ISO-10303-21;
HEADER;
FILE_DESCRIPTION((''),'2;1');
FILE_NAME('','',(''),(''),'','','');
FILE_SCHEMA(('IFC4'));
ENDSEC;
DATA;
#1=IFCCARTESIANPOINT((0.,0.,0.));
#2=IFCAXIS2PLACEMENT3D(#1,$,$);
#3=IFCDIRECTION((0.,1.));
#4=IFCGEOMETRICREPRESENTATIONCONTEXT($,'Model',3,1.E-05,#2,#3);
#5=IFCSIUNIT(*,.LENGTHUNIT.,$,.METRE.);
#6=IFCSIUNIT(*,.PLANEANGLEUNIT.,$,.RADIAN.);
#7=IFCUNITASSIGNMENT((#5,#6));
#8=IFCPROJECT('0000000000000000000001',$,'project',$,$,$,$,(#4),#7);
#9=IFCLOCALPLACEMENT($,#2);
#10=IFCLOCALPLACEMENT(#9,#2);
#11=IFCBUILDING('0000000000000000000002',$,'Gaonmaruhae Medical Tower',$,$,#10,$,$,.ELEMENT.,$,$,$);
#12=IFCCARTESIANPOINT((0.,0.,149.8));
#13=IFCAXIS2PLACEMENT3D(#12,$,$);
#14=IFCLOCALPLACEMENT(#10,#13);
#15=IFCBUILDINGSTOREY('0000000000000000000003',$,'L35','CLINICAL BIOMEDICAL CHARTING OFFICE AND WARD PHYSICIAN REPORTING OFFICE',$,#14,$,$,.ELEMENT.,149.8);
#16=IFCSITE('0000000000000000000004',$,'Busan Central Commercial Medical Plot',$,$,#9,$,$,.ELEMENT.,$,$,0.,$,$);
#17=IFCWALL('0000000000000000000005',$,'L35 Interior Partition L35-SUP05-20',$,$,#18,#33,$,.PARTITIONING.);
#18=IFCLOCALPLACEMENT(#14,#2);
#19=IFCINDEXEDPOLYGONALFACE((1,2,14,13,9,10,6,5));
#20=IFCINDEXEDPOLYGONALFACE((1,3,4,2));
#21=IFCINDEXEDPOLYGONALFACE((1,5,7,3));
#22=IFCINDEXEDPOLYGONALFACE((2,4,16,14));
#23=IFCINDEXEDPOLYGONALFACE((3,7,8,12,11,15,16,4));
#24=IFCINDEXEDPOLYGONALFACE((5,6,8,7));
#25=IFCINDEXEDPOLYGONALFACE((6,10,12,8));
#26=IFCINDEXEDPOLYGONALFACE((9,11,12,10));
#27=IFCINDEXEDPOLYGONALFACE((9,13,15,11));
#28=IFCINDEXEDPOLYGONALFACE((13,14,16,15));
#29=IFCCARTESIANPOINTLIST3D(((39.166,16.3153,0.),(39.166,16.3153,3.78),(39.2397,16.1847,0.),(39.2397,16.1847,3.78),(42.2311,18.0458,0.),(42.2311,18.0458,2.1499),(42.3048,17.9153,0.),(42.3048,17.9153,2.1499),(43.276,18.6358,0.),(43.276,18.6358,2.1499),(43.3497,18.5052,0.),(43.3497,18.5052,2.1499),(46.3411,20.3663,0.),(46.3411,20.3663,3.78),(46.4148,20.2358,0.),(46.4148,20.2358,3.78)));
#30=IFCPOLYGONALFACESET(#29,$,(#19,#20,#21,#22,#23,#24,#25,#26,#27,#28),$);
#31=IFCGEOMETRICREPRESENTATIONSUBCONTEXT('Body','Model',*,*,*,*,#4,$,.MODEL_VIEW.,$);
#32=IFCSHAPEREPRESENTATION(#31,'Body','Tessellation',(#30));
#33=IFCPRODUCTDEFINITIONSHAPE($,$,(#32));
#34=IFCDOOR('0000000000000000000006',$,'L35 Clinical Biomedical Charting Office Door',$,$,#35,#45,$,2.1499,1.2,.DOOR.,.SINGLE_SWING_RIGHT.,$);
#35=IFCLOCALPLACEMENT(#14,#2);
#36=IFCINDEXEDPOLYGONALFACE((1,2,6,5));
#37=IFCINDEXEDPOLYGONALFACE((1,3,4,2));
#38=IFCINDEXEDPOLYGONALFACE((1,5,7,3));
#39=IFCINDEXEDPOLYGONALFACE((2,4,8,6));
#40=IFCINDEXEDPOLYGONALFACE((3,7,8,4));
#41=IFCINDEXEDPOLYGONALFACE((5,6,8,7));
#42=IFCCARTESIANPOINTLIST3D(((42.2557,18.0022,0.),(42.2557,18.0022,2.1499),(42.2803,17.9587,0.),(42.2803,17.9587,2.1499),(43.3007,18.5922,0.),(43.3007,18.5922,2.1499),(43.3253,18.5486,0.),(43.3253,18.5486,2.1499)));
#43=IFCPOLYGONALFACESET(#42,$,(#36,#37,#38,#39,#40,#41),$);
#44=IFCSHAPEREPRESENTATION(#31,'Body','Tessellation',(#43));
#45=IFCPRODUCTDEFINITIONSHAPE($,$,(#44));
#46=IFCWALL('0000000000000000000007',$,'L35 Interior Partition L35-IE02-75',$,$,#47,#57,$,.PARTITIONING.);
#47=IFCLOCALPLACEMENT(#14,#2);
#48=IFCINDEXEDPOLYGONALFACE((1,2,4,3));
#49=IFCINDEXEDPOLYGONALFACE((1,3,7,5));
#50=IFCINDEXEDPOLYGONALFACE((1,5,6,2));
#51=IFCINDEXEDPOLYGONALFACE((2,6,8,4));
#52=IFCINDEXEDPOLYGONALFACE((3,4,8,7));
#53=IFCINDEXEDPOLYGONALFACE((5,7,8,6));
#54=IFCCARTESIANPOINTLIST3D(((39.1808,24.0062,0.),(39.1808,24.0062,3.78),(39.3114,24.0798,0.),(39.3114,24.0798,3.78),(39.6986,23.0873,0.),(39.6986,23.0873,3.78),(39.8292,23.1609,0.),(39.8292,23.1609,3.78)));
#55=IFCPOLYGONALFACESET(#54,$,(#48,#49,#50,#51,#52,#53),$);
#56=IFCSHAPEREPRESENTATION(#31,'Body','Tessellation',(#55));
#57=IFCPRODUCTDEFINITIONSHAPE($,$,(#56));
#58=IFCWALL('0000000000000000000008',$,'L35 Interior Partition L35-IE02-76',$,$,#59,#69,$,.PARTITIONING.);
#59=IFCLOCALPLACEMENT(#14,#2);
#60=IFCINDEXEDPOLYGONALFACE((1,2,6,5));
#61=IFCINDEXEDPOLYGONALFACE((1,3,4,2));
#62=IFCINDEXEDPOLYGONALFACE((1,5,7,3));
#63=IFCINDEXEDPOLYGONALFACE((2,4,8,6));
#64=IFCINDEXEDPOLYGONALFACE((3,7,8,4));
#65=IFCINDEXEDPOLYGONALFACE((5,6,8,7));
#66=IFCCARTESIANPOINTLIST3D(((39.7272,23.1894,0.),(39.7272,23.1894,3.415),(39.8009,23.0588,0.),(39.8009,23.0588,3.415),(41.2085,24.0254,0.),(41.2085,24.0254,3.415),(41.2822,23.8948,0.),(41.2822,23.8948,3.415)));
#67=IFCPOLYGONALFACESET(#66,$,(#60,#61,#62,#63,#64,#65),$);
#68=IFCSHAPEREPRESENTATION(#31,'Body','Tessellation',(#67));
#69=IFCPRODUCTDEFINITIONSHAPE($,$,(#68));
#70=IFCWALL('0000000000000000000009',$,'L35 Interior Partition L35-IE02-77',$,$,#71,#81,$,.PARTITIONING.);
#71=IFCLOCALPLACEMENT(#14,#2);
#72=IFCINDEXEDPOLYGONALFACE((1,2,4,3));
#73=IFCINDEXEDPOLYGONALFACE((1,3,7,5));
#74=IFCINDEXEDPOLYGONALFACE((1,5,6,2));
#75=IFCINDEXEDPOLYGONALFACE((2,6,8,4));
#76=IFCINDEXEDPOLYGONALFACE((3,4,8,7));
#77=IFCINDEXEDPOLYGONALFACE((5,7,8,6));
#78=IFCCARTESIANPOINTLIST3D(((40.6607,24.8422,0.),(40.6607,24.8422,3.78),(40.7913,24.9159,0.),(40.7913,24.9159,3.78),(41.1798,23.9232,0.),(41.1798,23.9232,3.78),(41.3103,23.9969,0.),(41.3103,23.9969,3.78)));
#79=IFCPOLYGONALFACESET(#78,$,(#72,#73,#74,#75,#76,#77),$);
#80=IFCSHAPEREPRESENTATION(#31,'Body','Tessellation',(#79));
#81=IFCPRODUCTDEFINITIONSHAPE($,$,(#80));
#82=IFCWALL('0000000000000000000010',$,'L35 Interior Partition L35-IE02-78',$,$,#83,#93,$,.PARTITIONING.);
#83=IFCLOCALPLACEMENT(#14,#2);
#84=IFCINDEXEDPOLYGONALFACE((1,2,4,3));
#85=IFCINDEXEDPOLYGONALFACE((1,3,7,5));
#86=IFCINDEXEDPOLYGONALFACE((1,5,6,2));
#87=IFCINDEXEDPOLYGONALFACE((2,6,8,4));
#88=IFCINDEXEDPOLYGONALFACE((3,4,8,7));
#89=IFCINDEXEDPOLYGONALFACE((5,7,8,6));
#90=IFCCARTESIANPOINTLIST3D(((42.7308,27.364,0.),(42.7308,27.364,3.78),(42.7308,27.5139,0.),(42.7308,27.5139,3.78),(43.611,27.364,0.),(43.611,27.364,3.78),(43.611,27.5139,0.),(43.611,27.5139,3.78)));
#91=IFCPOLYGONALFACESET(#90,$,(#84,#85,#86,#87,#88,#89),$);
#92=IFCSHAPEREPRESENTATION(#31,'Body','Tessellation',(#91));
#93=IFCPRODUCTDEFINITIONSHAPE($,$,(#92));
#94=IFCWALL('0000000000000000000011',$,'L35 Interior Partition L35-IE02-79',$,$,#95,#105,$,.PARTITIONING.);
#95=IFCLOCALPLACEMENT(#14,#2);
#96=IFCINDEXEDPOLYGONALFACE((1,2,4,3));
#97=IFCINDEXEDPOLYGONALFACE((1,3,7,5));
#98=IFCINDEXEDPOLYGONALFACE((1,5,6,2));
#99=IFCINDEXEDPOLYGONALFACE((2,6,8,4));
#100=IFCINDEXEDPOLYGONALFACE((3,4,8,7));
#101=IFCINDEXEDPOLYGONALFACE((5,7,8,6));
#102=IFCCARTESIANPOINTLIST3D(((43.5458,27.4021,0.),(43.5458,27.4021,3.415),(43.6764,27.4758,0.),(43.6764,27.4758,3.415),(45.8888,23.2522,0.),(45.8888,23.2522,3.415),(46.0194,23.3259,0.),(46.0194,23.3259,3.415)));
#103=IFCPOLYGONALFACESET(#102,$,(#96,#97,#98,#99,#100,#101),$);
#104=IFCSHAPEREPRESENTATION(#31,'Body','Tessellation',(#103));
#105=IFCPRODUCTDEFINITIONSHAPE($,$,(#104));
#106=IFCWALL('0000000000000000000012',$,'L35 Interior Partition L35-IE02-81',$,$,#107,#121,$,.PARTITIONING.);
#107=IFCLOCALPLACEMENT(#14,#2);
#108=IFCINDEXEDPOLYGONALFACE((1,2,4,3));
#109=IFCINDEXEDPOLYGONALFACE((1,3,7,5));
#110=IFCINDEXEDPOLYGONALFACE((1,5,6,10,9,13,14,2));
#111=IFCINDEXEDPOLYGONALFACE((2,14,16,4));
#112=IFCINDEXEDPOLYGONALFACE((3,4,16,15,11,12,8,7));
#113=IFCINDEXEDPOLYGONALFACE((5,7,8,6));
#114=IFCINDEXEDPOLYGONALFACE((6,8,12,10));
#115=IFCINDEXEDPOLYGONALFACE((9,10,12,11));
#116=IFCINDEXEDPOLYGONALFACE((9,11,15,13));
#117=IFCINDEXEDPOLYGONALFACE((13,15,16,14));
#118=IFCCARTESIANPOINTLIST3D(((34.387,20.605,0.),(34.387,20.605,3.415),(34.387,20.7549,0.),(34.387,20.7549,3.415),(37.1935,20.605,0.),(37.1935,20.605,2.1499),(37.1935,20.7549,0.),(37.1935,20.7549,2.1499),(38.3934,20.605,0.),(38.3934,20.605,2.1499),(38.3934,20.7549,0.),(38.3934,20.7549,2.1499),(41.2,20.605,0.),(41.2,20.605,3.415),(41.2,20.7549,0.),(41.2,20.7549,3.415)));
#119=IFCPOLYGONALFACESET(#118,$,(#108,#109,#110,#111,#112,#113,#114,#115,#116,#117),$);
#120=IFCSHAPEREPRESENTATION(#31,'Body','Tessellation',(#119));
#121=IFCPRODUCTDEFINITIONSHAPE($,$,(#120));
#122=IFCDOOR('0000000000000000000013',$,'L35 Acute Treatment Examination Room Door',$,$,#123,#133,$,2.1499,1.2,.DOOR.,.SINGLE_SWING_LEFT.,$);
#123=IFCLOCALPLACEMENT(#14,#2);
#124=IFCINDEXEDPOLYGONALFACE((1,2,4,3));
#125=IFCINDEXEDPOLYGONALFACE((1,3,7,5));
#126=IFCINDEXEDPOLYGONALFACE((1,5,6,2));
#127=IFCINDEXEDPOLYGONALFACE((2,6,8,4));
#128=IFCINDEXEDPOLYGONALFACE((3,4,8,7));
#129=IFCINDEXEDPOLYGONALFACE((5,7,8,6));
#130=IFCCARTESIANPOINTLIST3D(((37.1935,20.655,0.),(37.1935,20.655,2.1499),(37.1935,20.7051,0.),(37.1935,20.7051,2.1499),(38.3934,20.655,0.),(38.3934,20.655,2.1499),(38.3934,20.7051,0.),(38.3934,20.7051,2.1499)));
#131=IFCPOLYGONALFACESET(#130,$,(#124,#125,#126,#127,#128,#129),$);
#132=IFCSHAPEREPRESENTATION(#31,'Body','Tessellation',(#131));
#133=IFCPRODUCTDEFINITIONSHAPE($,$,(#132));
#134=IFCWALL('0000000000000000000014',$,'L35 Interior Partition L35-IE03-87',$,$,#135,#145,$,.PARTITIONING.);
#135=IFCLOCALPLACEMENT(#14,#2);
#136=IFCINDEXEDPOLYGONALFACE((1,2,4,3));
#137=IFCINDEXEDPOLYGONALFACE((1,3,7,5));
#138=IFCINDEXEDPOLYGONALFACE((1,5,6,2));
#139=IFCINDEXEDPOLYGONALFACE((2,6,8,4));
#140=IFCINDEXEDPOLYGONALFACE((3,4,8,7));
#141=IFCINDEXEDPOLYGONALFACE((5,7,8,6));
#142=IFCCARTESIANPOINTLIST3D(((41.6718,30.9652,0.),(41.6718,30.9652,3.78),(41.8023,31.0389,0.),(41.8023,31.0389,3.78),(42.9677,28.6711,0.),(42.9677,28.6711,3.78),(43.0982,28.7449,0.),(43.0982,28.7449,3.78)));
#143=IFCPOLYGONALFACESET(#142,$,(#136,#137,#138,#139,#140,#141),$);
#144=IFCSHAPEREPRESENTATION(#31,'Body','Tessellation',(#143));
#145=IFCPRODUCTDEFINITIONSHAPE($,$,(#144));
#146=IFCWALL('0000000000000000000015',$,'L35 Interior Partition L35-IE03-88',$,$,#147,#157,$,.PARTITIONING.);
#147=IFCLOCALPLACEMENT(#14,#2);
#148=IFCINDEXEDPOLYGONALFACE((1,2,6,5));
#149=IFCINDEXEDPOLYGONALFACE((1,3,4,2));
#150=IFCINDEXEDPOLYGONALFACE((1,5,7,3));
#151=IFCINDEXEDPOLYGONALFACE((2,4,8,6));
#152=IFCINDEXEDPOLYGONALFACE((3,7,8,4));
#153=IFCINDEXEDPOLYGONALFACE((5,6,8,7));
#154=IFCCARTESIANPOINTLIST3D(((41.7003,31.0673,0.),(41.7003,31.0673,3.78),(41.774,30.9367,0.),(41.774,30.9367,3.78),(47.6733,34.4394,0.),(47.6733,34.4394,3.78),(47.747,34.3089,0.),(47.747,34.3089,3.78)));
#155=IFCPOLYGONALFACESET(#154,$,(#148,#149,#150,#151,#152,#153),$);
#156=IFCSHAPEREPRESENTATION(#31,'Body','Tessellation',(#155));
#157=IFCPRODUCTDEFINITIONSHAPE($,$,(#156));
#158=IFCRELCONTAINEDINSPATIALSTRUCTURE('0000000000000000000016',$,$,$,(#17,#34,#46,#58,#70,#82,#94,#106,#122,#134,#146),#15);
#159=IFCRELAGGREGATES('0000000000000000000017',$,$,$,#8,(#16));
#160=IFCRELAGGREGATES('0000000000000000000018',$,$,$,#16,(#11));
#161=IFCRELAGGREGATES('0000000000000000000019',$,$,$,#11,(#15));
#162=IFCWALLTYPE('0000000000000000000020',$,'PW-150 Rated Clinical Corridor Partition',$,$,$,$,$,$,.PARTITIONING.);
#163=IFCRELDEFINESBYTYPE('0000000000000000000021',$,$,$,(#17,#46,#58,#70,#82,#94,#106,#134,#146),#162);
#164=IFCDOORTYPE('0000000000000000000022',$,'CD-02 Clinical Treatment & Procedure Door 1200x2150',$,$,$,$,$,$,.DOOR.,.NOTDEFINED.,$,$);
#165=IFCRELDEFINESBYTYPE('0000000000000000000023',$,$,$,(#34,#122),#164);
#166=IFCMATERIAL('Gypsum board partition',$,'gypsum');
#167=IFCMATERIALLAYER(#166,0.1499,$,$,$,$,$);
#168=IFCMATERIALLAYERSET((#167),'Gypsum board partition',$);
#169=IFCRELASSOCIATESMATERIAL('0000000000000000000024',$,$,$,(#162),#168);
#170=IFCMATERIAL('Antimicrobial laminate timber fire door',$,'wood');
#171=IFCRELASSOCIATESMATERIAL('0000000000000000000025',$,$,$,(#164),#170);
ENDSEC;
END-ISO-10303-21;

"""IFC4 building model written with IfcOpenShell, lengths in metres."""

from ifc_helpers import new_model, si_unit, direction, frame, frame_2d, origin, place, context, subcontext, project, spatial, rectangle, extrude, material, layer, layer_set, type_object, element, fill, save


model = new_model("IFC4")

# Units and contexts
model_context = context("Model", 3, precision=1e-05, world=origin(), true_north=direction((0.0, 1.0)))
body_context = subcontext(model_context, "Body", "Model", "MODEL_VIEW")
ifc_project = project(units=[si_unit("LENGTHUNIT", "METRE"), si_unit("PLANEANGLEUNIT", "RADIAN")], contexts=[model_context])

# Site, building, storey
site_placement = place(None, origin())
site = spatial("IfcSite", under=ifc_project, at=site_placement, Name="Busan Central Commercial Medical Plot", CompositionType="ELEMENT", RefElevation=0.0)
building_placement = place(site_placement, origin())
building = spatial("IfcBuilding", under=site, at=building_placement, Name="Gaonmaruhae Medical Tower", CompositionType="ELEMENT")
storey_placement = place(building_placement, frame((0.0, 0.0, 149.8)))
storey = spatial("IfcBuildingStorey", under=building, at=storey_placement, Name="L35", Description="CLINICAL BIOMEDICAL CHARTING OFFICE AND WARD PHYSICIAN REPORTING OFFICE", CompositionType="ELEMENT", Elevation=149.8)

# Shared definitions
ifc_material_1 = material(Name="Gypsum board partition", Category="gypsum")
ifc_layer_1 = layer(ifc_material_1, 0.1499)
ifc_layer_set_1 = layer_set([ifc_layer_1], Name="Gypsum board partition")
wall_type_1 = type_object("IfcWallType", Name="PW-150 Rated Clinical Corridor Partition", PredefinedType="PARTITIONING", material=ifc_layer_set_1)

# Wall, opening, door
wall_1_placement = place(storey_placement, frame((39.2029, 16.25, 0.0), z_axis=(0.0, 0.0, 1.0), x_axis=(0.870793, 0.491649, 0.0)))
wall_1 = element("IfcWall", 1, at=wall_1_placement, inside=storey, type_object=wall_type_1, Name="L35 Interior Partition L35-SUP05-20", PredefinedType="PARTITIONING", context=body_context, shape_type="SweptSolid", body=[
    extrude(rectangle(XDim=8.2397, YDim=0.1499, at=frame_2d((4.1199, 0.0))), origin(), (0.0, 0.0, 1.0), 3.78),
])
opening_1_placement = place(wall_1_placement, frame((3.5198, 0.0, 0.0)))
opening_1 = element("IfcOpeningElement", 2, at=opening_1_placement, cuts=wall_1, PredefinedType="OPENING", context=body_context, shape_type="SweptSolid", body=[
    extrude(rectangle(XDim=1.2, YDim=2.1499, at=frame_2d((0.6001, 1.075))), frame((0.0, 0.085, 0.0), z_axis=(0.0, -1.0, 0.0), x_axis=(1.0, 0.0, 0.0)), (0.0, 0.0, 1.0), 0.1699),
])
ifc_material_2 = material(Name="Antimicrobial laminate timber fire door", Category="wood")
door_type_1 = type_object("IfcDoorType", Name="CD-02 Clinical Treatment & Procedure Door 1200x2150", OperationType="NOTDEFINED", PredefinedType="DOOR", material=ifc_material_2)
door_1_placement = place(opening_1_placement, origin())
door_1 = element("IfcDoor", 3, at=door_1_placement, inside=storey, type_object=door_type_1, Name="L35 Clinical Biomedical Charting Office Door", OperationType="SINGLE_SWING_RIGHT", OverallHeight=2.1499, OverallWidth=1.2, PredefinedType="DOOR", context=body_context, shape_type="SweptSolid", body=[
    extrude(rectangle(XDim=1.2, YDim=2.1499, at=frame_2d((0.6001, 1.075))), frame((0.0, 0.0249, 0.0), z_axis=(0.0, -1.0, 0.0), x_axis=(1.0, 0.0, 0.0)), (0.0, 0.0, 1.0), 0.05),
])
fill(opening_1, door_1)

# Walls
wall_2_placement = place(storey_placement, frame((39.2461, 24.043, 0.0), z_axis=(0.0, 0.0, 1.0), x_axis=(0.49092, -0.871204, 0.0)))
element("IfcWall", 4, at=wall_2_placement, inside=storey, type_object=wall_type_1, Name="L35 Interior Partition L35-IE02-75", PredefinedType="PARTITIONING", context=body_context, shape_type="SweptSolid", body=[
    extrude(rectangle(XDim=1.0547, YDim=0.1499, at=frame_2d((0.5273, 0.0))), origin(), (0.0, 0.0, 1.0), 3.78),
])
wall_3_placement = place(storey_placement, frame((39.7639, 23.124, 0.0), z_axis=(0.0, 0.0, 1.0), x_axis=(0.870881, 0.491494, 0.0)))
element("IfcWall", 5, at=wall_3_placement, inside=storey, type_object=wall_type_1, Name="L35 Interior Partition L35-IE02-76", PredefinedType="PARTITIONING", context=body_context, shape_type="SweptSolid", body=[
    extrude(rectangle(XDim=1.7009, YDim=0.1499, at=frame_2d((0.8506, 0.0))), origin(), (0.0, 0.0, 1.0), 3.415),
])
wall_4_placement = place(storey_placement, frame((41.2451, 23.96, 0.0), z_axis=(0.0, 0.0, 1.0), x_axis=(-0.491798, 0.870709, 0.0)))
element("IfcWall", 6, at=wall_4_placement, inside=storey, type_object=wall_type_1, Name="L35 Interior Partition L35-IE02-77", PredefinedType="PARTITIONING", context=body_context, shape_type="SweptSolid", body=[
    extrude(rectangle(XDim=1.0554, YDim=0.1499, at=frame_2d((0.5278, 0.0))), origin(), (0.0, 0.0, 1.0), 3.78),
])
wall_5_placement = place(storey_placement, frame((42.731, 27.439, 0.0), z_axis=(0.0, 0.0, 1.0), x_axis=(1.0, 0.0, 0.0)))
element("IfcWall", 7, at=wall_5_placement, inside=storey, type_object=wall_type_1, Name="L35 Interior Partition L35-IE02-78", PredefinedType="PARTITIONING", context=body_context, shape_type="SweptSolid", body=[
    extrude(rectangle(XDim=0.8801, YDim=0.1499, at=frame_2d((0.4399, 0.0))), origin(), (0.0, 0.0, 1.0), 3.78),
])
wall_6_placement = place(storey_placement, frame((43.6111, 27.439, 0.0), z_axis=(0.0, 0.0, 1.0), x_axis=(0.491647, -0.870795, 0.0)))
element("IfcWall", 8, at=wall_6_placement, inside=storey, type_object=wall_type_1, Name="L35 Interior Partition L35-IE02-79", PredefinedType="PARTITIONING", context=body_context, shape_type="SweptSolid", body=[
    extrude(rectangle(XDim=4.7656, YDim=0.1499, at=frame_2d((2.3828, 0.0))), origin(), (0.0, 0.0, 1.0), 3.415),
])

# Wall, opening, door
wall_7_placement = place(storey_placement, frame((41.2, 20.6799, 0.0), z_axis=(0.0, 0.0, 1.0), x_axis=(-1.0, 0.0, 0.0)))
wall_7 = element("IfcWall", 9, at=wall_7_placement, inside=storey, type_object=wall_type_1, Name="L35 Interior Partition L35-IE02-81", PredefinedType="PARTITIONING", context=body_context, shape_type="SweptSolid", body=[
    extrude(rectangle(XDim=6.813, YDim=0.1499, at=frame_2d((3.4065, 0.0))), origin(), (0.0, 0.0, 1.0), 3.415),
])
opening_2_placement = place(wall_7_placement, frame((2.8064, 0.0, 0.0)))
opening_2 = element("IfcOpeningElement", 10, at=opening_2_placement, cuts=wall_7, PredefinedType="OPENING", context=body_context, shape_type="SweptSolid", body=[
    extrude(rectangle(XDim=1.2, YDim=2.1499, at=frame_2d((0.6001, 1.075))), frame((0.0, 0.085, 0.0), z_axis=(0.0, -1.0, 0.0), x_axis=(1.0, 0.0, 0.0)), (0.0, 0.0, 1.0), 0.1699),
])
door_2_placement = place(opening_2_placement, origin())
door_2 = element("IfcDoor", 11, at=door_2_placement, inside=storey, type_object=door_type_1, Name="L35 Acute Treatment Examination Room Door", OperationType="SINGLE_SWING_LEFT", OverallHeight=2.1499, OverallWidth=1.2, PredefinedType="DOOR", context=body_context, shape_type="SweptSolid", body=[
    extrude(rectangle(XDim=1.2, YDim=2.1499, at=frame_2d((0.6001, 1.075))), frame((0.0, 0.0249, 0.0), z_axis=(0.0, -1.0, 0.0), x_axis=(1.0, 0.0, 0.0)), (0.0, 0.0, 1.0), 0.05),
])
fill(opening_2, door_2)

# Walls
wall_8_placement = place(storey_placement, frame((43.033, 28.708, 0.0), z_axis=(0.0, 0.0, 1.0), x_axis=(-0.491862, 0.870673, 0.0)))
element("IfcWall", 12, at=wall_8_placement, inside=storey, type_object=wall_type_1, Name="L35 Interior Partition L35-IE03-87", PredefinedType="PARTITIONING", context=body_context, shape_type="SweptSolid", body=[
    extrude(rectangle(XDim=2.6348, YDim=0.1499, at=frame_2d((1.3174, 0.0))), origin(), (0.0, 0.0, 1.0), 3.78),
])
wall_9_placement = place(storey_placement, frame((41.7371, 31.002, 0.0), z_axis=(0.0, 0.0, 1.0), x_axis=(0.870807, 0.491624, 0.0)))
element("IfcWall", 13, at=wall_9_placement, inside=storey, type_object=wall_type_1, Name="L35 Interior Partition L35-IE03-88", PredefinedType="PARTITIONING", context=body_context, shape_type="SweptSolid", body=[
    extrude(rectangle(XDim=6.8591, YDim=0.1499, at=frame_2d((3.4297, 0.0))), origin(), (0.0, 0.0, 1.0), 3.78),
])

save(model, "model.ifc")
